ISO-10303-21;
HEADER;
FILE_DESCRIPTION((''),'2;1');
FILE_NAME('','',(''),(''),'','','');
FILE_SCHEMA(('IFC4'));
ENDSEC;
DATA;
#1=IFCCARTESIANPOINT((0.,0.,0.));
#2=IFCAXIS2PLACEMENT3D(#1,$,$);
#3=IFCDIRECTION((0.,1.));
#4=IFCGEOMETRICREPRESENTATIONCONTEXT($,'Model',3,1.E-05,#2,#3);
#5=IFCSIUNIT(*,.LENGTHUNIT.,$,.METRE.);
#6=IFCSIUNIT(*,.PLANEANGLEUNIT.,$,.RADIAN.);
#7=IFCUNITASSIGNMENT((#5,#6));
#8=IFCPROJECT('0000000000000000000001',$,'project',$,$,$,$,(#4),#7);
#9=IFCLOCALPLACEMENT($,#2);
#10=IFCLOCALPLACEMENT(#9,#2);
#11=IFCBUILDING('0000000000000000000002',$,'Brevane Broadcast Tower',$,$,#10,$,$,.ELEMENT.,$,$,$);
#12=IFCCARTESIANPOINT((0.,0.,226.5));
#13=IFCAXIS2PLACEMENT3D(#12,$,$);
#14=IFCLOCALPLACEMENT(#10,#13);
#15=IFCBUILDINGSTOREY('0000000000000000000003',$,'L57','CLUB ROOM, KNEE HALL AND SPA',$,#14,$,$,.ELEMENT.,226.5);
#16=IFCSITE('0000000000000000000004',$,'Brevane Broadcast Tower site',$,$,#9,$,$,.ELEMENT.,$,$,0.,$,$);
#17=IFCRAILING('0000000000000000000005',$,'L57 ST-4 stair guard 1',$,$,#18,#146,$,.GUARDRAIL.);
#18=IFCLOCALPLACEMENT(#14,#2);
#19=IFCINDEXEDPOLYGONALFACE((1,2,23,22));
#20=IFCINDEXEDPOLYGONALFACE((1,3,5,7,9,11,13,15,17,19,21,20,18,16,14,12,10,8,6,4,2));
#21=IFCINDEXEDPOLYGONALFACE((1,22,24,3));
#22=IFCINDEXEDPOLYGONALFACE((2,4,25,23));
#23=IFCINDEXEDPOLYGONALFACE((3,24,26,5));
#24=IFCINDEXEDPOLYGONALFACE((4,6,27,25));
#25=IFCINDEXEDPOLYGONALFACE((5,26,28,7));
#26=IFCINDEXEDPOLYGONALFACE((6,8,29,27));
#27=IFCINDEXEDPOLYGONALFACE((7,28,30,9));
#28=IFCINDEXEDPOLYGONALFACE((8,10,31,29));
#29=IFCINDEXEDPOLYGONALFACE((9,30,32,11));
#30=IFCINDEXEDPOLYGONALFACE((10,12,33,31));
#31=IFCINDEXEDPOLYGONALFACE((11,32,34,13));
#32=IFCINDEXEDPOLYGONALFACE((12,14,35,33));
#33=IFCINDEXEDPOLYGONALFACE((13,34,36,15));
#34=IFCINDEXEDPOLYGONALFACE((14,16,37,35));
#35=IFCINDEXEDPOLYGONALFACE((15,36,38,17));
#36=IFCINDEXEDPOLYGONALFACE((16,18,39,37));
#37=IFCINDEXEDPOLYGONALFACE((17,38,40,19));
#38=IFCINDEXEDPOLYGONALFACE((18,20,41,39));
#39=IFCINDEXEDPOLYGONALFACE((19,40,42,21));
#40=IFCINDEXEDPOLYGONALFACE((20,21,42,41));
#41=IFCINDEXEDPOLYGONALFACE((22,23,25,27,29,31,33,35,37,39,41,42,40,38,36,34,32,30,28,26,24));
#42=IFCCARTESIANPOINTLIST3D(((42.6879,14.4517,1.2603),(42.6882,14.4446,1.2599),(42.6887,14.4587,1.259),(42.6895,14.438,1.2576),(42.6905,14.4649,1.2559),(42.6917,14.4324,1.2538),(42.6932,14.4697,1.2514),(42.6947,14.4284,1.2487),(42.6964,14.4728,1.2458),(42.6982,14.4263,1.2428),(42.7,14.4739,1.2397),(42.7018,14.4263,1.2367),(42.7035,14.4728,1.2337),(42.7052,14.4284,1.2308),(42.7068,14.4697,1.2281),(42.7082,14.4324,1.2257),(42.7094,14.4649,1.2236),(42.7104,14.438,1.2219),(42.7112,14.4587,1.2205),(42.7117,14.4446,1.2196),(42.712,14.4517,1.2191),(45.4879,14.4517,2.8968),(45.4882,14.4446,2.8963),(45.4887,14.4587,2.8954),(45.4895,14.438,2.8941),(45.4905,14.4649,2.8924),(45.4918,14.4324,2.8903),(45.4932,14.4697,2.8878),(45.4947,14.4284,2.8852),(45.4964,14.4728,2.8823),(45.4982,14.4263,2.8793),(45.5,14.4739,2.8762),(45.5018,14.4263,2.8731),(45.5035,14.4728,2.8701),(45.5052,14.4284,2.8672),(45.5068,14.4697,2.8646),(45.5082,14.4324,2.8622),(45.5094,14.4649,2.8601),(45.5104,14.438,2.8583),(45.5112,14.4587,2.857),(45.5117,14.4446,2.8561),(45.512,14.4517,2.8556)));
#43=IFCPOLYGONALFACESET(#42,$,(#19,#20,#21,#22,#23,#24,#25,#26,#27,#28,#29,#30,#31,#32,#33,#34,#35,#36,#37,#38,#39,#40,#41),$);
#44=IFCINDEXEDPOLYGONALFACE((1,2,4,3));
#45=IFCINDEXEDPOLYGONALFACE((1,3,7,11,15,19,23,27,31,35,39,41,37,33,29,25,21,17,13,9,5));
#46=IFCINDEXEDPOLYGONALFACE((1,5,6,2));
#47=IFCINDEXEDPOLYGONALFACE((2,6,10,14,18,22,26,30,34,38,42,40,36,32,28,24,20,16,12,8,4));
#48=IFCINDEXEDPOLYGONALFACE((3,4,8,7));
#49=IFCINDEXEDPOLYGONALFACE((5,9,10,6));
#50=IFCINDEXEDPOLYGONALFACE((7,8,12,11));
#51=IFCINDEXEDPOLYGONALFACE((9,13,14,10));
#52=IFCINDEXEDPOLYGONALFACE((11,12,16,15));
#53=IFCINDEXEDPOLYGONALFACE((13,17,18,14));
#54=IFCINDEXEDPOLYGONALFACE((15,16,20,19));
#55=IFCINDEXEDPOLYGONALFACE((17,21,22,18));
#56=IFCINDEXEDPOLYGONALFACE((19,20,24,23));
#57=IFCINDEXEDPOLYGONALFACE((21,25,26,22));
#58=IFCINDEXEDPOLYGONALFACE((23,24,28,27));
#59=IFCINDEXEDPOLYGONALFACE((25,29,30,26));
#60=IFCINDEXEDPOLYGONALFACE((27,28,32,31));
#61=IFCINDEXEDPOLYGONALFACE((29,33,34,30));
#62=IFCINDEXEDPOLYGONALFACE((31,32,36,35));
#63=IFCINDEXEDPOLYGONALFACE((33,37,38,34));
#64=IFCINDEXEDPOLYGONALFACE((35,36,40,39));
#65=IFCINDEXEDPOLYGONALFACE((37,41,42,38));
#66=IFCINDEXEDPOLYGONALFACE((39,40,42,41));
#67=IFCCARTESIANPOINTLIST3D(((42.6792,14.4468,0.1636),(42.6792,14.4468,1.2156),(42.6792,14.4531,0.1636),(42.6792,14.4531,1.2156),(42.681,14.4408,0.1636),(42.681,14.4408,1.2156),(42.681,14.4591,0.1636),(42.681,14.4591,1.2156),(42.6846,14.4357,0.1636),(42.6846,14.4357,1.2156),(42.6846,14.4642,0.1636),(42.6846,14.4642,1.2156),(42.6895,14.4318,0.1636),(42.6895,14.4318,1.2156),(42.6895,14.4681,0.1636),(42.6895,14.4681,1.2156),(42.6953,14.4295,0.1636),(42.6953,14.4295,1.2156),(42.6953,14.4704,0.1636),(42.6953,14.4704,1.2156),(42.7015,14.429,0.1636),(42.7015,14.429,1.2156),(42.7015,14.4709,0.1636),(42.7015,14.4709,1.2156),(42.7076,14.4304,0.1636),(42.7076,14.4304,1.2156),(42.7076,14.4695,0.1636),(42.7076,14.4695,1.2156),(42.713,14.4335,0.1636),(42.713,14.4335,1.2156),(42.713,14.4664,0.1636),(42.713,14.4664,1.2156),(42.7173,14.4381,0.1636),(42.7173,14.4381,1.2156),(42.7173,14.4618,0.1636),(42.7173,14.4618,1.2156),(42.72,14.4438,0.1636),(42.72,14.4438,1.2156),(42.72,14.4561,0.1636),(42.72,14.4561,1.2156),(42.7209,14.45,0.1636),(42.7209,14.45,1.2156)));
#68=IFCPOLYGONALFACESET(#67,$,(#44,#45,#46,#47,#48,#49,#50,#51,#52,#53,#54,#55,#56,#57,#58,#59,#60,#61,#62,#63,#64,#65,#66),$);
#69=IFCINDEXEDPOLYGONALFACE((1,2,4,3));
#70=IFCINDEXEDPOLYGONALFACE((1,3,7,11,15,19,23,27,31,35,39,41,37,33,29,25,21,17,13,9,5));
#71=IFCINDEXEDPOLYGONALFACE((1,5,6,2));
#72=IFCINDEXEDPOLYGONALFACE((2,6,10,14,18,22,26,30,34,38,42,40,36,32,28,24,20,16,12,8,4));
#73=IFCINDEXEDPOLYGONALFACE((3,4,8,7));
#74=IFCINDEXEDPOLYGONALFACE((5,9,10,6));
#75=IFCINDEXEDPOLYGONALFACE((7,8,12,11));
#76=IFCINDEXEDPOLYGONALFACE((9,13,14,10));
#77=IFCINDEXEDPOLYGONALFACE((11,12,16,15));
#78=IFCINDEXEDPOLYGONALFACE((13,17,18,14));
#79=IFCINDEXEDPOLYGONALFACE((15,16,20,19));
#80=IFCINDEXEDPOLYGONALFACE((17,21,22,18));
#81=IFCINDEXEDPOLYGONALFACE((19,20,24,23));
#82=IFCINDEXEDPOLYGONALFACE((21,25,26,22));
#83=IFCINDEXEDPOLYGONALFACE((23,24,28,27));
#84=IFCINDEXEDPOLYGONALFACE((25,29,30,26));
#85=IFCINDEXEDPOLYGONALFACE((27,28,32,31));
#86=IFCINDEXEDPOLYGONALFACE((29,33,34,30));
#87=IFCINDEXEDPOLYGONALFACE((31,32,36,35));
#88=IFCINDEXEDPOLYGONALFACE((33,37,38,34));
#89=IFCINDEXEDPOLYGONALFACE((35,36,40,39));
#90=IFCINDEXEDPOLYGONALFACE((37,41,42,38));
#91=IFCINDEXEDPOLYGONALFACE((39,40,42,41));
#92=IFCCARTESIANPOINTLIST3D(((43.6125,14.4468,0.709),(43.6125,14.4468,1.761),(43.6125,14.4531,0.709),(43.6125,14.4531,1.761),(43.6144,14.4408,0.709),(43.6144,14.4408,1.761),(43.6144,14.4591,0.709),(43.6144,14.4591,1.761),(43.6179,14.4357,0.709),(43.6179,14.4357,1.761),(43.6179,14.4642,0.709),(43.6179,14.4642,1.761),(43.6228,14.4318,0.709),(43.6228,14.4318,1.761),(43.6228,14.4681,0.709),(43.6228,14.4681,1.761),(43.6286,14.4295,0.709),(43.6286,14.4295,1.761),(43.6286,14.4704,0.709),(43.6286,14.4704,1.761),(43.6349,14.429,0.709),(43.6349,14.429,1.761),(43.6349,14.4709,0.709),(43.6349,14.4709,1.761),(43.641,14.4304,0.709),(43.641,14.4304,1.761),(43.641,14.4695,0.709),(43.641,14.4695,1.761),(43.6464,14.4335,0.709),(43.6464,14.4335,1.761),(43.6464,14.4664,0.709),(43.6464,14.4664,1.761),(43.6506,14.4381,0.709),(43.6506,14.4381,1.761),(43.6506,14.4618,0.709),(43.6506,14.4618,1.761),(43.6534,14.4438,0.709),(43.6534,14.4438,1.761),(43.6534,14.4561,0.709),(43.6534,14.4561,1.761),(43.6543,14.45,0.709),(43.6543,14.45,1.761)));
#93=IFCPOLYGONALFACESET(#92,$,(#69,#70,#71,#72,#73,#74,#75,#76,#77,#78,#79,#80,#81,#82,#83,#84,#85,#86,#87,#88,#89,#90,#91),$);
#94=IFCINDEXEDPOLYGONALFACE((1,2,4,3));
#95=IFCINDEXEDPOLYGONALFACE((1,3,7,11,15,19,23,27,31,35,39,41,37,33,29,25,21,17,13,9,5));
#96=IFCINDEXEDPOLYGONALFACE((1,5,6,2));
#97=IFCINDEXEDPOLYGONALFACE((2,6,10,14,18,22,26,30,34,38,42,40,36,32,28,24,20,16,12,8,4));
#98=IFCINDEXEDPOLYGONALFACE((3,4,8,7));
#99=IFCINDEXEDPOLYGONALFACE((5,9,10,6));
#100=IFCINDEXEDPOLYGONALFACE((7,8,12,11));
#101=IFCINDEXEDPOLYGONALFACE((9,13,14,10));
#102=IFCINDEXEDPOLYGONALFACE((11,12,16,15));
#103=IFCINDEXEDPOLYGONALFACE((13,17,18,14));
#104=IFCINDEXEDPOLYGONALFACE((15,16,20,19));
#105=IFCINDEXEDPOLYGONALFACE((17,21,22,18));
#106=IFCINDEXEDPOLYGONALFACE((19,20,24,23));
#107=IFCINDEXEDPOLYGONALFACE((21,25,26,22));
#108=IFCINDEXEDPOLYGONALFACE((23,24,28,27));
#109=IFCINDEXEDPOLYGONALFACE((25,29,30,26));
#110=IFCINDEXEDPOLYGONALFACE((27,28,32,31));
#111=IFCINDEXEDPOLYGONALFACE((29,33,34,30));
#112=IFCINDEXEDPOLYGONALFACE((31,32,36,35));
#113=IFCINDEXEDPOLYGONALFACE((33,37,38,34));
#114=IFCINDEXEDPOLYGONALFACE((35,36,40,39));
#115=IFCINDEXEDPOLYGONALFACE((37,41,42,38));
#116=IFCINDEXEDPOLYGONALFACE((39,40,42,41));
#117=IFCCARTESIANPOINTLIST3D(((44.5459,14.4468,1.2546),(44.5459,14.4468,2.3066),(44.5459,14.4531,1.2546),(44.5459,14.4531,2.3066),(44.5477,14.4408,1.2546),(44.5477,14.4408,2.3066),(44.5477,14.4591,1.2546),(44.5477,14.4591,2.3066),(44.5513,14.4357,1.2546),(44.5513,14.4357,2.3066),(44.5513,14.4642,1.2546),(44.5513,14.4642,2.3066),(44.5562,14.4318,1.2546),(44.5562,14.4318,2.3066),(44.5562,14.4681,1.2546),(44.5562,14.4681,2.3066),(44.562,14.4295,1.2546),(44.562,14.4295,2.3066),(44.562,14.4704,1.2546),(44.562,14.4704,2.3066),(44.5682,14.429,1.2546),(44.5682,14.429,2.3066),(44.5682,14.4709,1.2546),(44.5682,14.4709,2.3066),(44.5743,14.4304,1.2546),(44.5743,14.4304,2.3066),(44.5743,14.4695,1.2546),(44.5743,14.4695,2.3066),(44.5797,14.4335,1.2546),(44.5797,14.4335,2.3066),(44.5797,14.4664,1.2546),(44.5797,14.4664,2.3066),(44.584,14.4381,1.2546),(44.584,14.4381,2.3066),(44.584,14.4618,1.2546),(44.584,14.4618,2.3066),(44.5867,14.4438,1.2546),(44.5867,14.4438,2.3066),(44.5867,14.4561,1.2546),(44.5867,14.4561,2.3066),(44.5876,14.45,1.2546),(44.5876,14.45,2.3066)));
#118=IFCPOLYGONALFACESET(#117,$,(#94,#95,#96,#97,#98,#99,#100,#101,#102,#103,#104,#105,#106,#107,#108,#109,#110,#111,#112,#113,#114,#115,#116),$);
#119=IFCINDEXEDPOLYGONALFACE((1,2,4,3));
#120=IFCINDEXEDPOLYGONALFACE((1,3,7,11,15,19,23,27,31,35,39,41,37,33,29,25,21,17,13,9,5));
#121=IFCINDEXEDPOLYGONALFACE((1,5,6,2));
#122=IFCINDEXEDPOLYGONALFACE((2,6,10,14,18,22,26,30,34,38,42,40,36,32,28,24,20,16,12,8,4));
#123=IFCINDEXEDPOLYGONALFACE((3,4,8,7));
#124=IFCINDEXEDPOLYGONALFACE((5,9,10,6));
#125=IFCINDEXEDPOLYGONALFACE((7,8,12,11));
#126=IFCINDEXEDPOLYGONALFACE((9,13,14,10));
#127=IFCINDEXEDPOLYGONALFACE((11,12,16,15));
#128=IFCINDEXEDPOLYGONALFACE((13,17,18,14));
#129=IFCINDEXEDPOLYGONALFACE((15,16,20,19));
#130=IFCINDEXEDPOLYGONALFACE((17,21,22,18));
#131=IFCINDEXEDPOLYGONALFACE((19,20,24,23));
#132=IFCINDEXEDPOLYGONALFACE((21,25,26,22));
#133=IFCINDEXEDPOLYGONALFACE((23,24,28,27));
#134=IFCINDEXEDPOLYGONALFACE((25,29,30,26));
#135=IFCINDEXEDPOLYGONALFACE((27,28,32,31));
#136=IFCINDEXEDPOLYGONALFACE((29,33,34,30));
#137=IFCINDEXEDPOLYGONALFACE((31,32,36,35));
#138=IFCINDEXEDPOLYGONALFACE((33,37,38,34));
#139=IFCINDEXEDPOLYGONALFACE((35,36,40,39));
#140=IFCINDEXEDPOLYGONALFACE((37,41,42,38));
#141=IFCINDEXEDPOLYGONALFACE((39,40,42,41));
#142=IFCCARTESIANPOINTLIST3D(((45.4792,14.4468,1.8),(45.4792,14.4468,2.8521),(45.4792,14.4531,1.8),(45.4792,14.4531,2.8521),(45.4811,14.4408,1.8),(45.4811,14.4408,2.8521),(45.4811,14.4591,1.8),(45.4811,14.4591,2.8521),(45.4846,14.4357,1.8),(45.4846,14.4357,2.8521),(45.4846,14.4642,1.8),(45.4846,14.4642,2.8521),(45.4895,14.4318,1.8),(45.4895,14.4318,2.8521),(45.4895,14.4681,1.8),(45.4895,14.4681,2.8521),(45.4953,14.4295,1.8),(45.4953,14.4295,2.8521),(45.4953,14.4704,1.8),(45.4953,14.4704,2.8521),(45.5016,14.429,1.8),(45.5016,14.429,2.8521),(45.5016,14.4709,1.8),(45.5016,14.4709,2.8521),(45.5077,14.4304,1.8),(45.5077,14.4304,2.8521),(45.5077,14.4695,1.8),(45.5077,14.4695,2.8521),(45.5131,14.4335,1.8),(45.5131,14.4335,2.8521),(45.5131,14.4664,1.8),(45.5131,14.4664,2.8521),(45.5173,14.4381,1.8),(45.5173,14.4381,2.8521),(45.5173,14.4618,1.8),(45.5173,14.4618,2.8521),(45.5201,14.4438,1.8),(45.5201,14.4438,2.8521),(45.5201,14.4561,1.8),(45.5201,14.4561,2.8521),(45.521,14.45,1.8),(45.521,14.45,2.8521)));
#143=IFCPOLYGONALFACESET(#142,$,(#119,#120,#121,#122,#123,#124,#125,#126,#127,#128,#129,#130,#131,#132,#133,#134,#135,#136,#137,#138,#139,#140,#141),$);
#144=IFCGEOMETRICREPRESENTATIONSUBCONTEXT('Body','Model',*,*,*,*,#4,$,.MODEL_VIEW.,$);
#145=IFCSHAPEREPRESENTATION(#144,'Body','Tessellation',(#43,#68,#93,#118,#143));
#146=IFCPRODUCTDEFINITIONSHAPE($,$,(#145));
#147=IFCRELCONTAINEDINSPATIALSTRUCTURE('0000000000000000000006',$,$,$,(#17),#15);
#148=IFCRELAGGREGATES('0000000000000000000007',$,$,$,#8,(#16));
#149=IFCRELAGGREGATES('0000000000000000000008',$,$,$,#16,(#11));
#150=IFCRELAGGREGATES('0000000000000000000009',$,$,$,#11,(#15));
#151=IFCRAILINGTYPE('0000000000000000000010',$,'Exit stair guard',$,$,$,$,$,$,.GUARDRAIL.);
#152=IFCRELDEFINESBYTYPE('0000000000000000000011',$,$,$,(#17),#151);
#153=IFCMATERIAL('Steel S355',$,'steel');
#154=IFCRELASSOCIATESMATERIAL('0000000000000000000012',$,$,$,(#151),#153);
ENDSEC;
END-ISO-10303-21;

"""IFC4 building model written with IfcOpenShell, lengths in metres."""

from ifc_helpers import new_model, si_unit, direction, frame, origin, origin_2d, place, context, subcontext, project, spatial, circle, extrude, material, type_object, element, save


model = new_model("IFC4")

# Units and contexts
model_context = context("Model", 3, precision=1e-05, world=origin(), true_north=direction((0.0, 1.0)))
body_context = subcontext(model_context, "Body", "Model", "MODEL_VIEW")
ifc_project = project(units=[si_unit("LENGTHUNIT", "METRE"), si_unit("PLANEANGLEUNIT", "RADIAN")], contexts=[model_context])

# Site, building, storey
site_placement = place(None, origin())
site = spatial("IfcSite", under=ifc_project, at=site_placement, Name="Brevane Broadcast Tower site", CompositionType="ELEMENT", RefElevation=0.0)
building_placement = place(site_placement, origin())
building = spatial("IfcBuilding", under=site, at=building_placement, Name="Brevane Broadcast Tower", CompositionType="ELEMENT")
storey_placement = place(building_placement, frame((0.0, 0.0, 226.5)))
storey = spatial("IfcBuildingStorey", under=building, at=storey_placement, Name="L57", Description="CLUB ROOM, KNEE HALL AND SPA", CompositionType="ELEMENT", Elevation=226.5)

# Railing
ifc_material_1 = material(Name="Steel S355", Category="steel")
railing_type_1 = type_object("IfcRailingType", Name="Exit stair guard", PredefinedType="GUARDRAIL", material=ifc_material_1)
railing_1_placement = place(storey_placement, frame((42.7, 14.45, 0.1636)))
element("IfcRailing", 1, at=railing_1_placement, inside=storey, type_object=railing_type_1, Name="L57 ST-4 stair guard 1", PredefinedType="GUARDRAIL", context=body_context, shape_type="SweptSolid", body=[
    extrude(circle(Radius=0.0239, at=origin_2d()), frame((0.0, 0.0, 1.0762), z_axis=(0.863361, 0.0, 0.504587), x_axis=(0.0, 1.0, 0.0)), (0.0, 0.0, 1.0), 3.2432),
    extrude(circle(Radius=0.021, at=origin_2d()), origin(), (0.0, 0.0, 1.0), 1.052),
    extrude(circle(Radius=0.021, at=origin_2d()), frame((0.9333, 0.0, 0.5454)), (0.0, 0.0, 1.0), 1.052),
    extrude(circle(Radius=0.021, at=origin_2d()), frame((1.8667, 0.0, 1.0911)), (0.0, 0.0, 1.0), 1.052),
    extrude(circle(Radius=0.021, at=origin_2d()), frame((2.8, 0.0, 1.6365)), (0.0, 0.0, 1.0), 1.052),
])

save(model, "model.ifc")
